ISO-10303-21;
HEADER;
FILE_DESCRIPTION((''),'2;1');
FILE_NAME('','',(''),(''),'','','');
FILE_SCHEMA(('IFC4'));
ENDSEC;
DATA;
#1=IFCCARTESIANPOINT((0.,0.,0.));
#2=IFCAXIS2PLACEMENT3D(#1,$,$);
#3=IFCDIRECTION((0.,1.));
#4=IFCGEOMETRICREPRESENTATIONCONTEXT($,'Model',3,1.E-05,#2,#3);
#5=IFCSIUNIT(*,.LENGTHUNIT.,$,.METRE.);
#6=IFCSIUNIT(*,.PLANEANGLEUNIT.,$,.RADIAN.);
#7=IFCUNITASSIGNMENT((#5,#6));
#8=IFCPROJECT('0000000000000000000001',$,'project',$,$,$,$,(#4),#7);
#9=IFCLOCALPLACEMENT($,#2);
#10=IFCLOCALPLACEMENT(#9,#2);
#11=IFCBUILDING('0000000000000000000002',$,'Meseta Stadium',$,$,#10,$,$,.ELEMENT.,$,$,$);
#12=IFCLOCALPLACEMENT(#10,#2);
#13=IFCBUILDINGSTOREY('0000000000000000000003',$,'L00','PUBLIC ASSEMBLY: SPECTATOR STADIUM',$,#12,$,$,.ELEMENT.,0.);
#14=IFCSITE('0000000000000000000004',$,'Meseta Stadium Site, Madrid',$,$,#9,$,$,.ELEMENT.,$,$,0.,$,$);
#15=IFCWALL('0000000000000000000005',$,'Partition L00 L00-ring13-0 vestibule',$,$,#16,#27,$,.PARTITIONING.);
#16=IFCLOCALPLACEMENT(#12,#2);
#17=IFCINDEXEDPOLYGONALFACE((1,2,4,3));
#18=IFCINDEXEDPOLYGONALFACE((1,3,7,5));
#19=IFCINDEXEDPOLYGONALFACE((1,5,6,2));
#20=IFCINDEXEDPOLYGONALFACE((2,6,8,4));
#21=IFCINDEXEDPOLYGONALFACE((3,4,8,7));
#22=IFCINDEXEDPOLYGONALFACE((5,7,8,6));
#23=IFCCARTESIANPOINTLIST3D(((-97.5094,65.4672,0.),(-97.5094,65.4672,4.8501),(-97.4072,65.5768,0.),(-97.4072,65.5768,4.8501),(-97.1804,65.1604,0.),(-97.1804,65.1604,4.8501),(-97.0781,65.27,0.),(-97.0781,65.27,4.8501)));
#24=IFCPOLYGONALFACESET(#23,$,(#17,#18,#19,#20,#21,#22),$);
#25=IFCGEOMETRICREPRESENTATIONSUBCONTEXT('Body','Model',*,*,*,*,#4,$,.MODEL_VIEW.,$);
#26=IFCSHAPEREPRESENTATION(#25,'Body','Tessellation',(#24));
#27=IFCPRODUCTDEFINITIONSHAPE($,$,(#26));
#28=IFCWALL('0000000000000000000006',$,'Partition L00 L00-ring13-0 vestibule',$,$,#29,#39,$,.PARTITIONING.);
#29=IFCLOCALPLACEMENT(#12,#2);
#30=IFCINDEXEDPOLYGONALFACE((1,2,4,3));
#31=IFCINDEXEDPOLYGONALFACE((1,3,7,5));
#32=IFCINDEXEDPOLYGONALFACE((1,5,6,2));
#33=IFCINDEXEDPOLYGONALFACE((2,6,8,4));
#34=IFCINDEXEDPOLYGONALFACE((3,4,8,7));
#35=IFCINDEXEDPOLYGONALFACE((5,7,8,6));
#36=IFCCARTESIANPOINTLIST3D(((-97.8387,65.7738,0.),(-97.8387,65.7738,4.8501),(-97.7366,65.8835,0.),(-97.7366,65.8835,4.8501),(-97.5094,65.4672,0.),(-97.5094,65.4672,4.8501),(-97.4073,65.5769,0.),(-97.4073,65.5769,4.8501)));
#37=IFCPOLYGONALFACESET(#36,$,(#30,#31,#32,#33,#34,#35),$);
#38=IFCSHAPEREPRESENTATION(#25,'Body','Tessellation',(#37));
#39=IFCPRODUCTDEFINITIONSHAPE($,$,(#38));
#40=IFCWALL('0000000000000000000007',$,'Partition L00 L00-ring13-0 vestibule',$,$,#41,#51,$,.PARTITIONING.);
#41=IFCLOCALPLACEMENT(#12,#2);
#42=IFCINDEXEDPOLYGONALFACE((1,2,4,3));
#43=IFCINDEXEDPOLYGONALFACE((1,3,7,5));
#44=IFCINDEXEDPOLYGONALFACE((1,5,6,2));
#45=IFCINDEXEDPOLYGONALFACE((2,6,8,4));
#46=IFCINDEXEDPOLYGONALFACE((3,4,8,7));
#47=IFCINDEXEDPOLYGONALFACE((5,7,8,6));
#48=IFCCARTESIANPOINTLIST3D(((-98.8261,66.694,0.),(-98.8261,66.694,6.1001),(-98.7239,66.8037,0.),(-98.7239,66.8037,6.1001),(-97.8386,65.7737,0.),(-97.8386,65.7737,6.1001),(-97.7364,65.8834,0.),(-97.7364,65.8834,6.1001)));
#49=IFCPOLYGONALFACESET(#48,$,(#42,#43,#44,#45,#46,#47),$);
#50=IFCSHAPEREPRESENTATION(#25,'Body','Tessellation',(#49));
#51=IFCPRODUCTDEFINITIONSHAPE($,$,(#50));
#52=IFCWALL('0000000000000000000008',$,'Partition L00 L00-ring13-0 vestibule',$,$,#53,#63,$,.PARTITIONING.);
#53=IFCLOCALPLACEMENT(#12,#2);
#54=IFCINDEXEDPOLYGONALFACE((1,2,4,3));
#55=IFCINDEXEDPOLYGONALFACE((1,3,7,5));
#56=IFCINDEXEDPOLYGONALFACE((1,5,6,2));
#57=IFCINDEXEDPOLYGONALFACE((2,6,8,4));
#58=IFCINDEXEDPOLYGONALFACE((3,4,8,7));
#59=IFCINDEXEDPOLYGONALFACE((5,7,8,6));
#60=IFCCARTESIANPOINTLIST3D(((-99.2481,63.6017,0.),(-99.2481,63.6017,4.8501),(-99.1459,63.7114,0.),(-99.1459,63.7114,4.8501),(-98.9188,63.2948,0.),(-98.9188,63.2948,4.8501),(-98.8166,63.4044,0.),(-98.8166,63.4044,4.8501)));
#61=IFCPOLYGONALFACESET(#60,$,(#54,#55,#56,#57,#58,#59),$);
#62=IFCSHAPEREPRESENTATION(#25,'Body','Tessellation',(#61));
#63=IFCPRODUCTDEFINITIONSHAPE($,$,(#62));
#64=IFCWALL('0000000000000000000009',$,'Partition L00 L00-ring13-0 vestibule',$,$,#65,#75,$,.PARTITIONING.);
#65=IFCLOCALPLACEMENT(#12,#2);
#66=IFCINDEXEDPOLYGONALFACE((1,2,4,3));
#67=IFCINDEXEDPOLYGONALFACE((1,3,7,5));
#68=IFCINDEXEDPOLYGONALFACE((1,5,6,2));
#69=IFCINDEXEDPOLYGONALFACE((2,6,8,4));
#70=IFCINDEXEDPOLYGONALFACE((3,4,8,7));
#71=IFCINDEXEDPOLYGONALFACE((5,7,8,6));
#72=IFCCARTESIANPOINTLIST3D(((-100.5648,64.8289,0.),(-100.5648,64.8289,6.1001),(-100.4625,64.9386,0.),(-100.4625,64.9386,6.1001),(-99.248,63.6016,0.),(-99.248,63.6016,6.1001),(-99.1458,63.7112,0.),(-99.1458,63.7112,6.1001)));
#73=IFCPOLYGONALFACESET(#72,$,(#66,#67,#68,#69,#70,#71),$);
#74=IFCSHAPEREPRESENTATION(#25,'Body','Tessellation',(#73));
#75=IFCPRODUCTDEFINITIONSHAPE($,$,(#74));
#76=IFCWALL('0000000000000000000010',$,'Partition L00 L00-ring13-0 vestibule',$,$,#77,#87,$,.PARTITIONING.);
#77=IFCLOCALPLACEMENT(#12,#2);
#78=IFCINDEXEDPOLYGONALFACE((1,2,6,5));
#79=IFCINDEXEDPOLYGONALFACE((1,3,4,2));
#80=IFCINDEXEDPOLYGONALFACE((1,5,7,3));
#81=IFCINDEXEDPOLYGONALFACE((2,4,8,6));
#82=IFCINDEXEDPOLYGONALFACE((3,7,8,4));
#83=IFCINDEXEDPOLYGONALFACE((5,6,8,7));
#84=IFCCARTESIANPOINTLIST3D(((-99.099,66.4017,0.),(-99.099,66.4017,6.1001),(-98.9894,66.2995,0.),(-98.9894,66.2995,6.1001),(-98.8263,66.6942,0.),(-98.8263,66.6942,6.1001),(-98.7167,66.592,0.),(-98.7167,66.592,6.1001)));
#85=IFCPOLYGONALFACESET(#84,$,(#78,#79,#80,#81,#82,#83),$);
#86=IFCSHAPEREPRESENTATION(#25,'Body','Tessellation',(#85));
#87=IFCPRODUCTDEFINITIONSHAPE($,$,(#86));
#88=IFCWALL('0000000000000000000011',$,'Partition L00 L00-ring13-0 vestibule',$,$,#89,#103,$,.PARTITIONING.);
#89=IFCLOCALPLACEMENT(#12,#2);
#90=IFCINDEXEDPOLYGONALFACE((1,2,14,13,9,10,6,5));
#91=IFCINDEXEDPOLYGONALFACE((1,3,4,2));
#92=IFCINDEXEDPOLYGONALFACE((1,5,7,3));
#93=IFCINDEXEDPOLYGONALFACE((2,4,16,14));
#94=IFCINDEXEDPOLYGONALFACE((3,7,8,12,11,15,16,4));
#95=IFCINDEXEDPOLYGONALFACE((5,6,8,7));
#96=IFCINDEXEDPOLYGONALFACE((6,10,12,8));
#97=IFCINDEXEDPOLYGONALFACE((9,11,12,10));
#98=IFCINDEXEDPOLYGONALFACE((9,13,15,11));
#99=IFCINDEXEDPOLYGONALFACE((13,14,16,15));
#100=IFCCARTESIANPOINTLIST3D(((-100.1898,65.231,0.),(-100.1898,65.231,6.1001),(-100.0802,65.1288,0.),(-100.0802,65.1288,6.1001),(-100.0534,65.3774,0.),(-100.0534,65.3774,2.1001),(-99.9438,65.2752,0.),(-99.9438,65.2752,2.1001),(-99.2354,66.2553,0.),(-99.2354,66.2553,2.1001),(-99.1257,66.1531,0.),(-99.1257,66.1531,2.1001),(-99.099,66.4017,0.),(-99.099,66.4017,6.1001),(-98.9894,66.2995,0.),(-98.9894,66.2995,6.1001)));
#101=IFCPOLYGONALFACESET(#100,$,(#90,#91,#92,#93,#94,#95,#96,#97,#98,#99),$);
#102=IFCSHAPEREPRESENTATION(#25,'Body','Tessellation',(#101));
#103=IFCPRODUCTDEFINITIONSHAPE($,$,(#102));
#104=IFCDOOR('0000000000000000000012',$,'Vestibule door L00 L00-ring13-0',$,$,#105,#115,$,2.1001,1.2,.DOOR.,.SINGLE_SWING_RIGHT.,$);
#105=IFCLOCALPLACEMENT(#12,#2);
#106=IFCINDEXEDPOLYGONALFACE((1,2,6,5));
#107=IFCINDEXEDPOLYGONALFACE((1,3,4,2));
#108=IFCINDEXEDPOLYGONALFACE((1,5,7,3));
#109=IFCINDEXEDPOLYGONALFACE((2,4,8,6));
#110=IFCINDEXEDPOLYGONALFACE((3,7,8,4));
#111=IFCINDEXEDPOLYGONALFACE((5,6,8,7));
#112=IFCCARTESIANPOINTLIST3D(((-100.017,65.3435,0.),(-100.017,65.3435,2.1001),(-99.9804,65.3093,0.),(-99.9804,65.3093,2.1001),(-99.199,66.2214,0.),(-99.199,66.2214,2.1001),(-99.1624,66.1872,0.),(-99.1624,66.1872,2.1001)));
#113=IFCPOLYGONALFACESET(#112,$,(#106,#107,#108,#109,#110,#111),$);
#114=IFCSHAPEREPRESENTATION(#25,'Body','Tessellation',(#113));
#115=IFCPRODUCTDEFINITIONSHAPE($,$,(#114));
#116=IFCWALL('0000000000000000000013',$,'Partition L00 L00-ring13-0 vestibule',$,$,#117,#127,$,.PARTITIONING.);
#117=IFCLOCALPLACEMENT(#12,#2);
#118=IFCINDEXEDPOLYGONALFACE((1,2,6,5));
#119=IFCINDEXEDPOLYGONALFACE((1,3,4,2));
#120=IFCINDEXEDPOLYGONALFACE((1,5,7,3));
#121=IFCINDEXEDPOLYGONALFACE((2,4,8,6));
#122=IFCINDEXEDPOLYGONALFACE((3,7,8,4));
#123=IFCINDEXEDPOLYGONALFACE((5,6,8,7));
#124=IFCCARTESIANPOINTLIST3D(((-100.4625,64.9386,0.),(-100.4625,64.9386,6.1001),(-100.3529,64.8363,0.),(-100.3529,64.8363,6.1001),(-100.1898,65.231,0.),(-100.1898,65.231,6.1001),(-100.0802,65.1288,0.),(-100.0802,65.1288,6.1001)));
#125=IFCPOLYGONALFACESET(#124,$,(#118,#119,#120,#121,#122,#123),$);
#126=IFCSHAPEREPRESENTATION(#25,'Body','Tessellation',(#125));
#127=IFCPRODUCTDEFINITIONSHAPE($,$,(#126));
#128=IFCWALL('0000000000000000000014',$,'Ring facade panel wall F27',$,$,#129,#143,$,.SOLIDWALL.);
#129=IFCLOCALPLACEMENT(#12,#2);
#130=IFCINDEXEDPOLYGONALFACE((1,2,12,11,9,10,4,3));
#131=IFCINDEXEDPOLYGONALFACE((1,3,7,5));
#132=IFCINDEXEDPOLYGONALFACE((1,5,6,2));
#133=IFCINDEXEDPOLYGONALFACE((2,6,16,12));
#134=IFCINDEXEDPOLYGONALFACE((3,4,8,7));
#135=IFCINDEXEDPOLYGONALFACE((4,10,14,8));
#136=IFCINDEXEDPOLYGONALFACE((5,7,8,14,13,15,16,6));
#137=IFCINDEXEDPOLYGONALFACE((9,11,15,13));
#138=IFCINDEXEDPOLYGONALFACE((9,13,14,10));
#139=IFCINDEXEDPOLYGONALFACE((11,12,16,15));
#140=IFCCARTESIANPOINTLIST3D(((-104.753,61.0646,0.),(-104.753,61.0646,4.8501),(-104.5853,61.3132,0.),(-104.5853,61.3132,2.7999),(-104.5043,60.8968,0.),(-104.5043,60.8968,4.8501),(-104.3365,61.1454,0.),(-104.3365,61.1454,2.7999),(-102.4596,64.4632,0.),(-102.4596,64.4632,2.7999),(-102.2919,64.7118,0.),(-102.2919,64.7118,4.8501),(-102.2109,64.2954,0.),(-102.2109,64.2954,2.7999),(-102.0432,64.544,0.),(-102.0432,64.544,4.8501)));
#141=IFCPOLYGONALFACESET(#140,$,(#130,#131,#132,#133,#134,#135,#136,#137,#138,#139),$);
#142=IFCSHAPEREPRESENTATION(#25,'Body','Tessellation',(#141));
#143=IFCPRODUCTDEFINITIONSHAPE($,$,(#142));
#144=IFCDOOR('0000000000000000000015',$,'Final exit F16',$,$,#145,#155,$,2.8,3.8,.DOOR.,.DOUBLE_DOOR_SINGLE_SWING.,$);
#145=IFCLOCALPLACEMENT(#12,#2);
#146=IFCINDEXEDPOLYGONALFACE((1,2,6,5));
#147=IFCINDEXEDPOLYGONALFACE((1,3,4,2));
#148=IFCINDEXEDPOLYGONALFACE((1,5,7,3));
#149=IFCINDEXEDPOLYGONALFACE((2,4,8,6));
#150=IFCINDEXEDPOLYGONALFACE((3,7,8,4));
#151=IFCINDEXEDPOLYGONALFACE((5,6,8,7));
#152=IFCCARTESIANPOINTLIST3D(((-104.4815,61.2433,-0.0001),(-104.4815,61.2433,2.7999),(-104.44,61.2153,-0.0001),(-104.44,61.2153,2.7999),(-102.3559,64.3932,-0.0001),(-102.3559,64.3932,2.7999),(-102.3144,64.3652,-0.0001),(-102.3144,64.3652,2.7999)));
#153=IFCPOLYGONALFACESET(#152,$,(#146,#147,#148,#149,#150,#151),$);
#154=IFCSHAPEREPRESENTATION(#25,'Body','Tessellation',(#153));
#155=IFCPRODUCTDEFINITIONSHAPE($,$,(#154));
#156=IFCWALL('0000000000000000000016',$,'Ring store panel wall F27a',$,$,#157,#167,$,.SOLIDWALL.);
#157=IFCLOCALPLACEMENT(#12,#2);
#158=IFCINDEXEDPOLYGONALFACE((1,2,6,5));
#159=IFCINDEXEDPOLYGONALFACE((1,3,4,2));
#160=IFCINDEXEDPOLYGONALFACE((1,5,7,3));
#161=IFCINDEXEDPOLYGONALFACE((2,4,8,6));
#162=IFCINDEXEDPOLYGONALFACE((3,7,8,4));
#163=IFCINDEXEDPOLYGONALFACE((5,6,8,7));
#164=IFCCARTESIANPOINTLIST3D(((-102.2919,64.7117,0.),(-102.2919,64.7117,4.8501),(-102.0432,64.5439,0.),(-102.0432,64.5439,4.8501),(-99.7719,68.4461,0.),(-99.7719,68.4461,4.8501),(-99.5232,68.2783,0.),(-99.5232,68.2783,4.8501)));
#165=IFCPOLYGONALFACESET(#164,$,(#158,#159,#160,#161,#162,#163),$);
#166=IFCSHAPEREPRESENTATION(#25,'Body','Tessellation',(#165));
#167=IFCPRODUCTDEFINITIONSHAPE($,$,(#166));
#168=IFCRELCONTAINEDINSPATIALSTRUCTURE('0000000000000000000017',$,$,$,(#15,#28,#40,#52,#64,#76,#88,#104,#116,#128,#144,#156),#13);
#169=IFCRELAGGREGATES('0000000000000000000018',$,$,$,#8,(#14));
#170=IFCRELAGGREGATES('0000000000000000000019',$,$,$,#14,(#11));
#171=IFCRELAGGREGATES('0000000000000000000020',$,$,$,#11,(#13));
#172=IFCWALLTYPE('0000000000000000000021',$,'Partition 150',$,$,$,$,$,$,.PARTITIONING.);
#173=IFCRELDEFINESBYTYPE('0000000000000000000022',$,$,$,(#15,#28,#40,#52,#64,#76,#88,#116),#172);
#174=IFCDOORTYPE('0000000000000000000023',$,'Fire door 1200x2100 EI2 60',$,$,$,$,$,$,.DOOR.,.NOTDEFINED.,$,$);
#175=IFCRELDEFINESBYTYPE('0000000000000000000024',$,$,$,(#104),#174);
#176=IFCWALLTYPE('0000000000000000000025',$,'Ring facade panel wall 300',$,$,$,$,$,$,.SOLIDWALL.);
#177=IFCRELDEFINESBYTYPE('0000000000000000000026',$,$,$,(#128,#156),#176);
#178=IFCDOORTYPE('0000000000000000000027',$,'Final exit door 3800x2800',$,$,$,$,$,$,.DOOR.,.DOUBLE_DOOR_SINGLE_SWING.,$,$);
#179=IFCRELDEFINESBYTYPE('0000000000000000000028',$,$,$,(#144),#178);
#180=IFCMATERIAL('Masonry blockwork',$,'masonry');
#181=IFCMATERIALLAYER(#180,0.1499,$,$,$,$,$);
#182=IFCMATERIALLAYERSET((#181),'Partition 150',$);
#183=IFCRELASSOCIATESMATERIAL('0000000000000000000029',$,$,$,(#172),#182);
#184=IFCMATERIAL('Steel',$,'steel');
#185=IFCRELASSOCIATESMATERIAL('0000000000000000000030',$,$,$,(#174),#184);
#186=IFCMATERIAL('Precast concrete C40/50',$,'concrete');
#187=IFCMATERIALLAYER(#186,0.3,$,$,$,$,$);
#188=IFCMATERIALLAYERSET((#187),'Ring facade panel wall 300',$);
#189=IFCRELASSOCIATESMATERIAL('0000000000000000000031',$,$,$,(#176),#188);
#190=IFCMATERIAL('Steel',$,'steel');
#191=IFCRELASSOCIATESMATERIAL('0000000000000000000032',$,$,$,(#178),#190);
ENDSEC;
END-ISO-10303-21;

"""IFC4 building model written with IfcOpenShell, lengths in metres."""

from ifc_helpers import new_model, si_unit, direction, frame, frame_2d, origin, place, context, subcontext, project, spatial, rectangle, extrude, material, layer, layer_set, type_object, element, fill, save


model = new_model("IFC4")

# Units and contexts
model_context = context("Model", 3, precision=1e-05, world=origin(), true_north=direction((0.0, 1.0)))
body_context = subcontext(model_context, "Body", "Model", "MODEL_VIEW")
ifc_project = project(units=[si_unit("LENGTHUNIT", "METRE"), si_unit("PLANEANGLEUNIT", "RADIAN")], contexts=[model_context])

# Site, building, storey
site_placement = place(None, origin())
site = spatial("IfcSite", under=ifc_project, at=site_placement, Name="Meseta Stadium Site, Madrid", CompositionType="ELEMENT", RefElevation=0.0)
building_placement = place(site_placement, origin())
building = spatial("IfcBuilding", under=site, at=building_placement, Name="Meseta Stadium", CompositionType="ELEMENT")
storey_placement = place(building_placement, origin())
storey = spatial("IfcBuildingStorey", under=building, at=storey_placement, Name="L00", Description="PUBLIC ASSEMBLY: SPECTATOR STADIUM", CompositionType="ELEMENT", Elevation=0.0)

# Shared definitions
ifc_material_1 = material(Name="Masonry blockwork", Category="masonry")
ifc_layer_1 = layer(ifc_material_1, 0.1499)
ifc_layer_set_1 = layer_set([ifc_layer_1], Name="Partition 150")
wall_type_1 = type_object("IfcWallType", Name="Partition 150", PredefinedType="PARTITIONING", material=ifc_layer_set_1)

# Shared definitions
ifc_material_2 = material(Name="Steel", Category="steel")
door_type_1 = type_object("IfcDoorType", Name="Fire door 1200x2100 EI2 60", OperationType="NOTDEFINED", PredefinedType="DOOR", material=ifc_material_2)

# Walls
for number, where, z_axis, x_axis, name in (
    (1, (-97.1292, 65.2151, 0.0), (0.0, 0.0, 1.0), (-0.731362, 0.68199, 0.0), "Partition L00 L00-ring13-0 vestibule"),
    (2, (-97.4583, 65.522, 0.0), (0.0, 0.0, 1.0), (-0.731885, 0.681429, 0.0), "Partition L00 L00-ring13-0 vestibule"),
):
    element("IfcWall", number, at=place(storey_placement, frame(where, z_axis=z_axis, x_axis=x_axis)), inside=storey, type_object=wall_type_1, Name=name, PredefinedType="PARTITIONING", context=body_context, shape_type="SweptSolid", body=[
        extrude(rectangle(XDim=0.45, YDim=0.1499, at=frame_2d((0.2251, 0.0))), origin(), (0.0, 0.0, 1.0), 4.8501),
    ])
wall_1_placement = place(storey_placement, frame((-97.7876, 65.8286, 0.0), z_axis=(0.0, 0.0, 1.0), x_axis=(-0.731536, 0.681803, 0.0)))
element("IfcWall", 3, at=wall_1_placement, inside=storey, type_object=wall_type_1, Name="Partition L00 L00-ring13-0 vestibule", PredefinedType="PARTITIONING", context=body_context, shape_type="SweptSolid", body=[
    extrude(rectangle(XDim=1.3499, YDim=0.1499, at=frame_2d((0.6748, 0.0))), origin(), (0.0, 0.0, 1.0), 6.1001),
])
wall_2_placement = place(storey_placement, frame((-98.8677, 63.3496, 0.0), z_axis=(0.0, 0.0, 1.0), x_axis=(-0.731614, 0.681719, 0.0)))
element("IfcWall", 4, at=wall_2_placement, inside=storey, type_object=wall_type_1, Name="Partition L00 L00-ring13-0 vestibule", PredefinedType="PARTITIONING", context=body_context, shape_type="SweptSolid", body=[
    extrude(rectangle(XDim=0.4502, YDim=0.1499, at=frame_2d((0.2251, 0.0))), origin(), (0.0, 0.0, 1.0), 4.8501),
])
wall_3_placement = place(storey_placement, frame((-99.197, 63.6565, 0.0), z_axis=(0.0, 0.0, 1.0), x_axis=(-0.731493, 0.681849, 0.0)))
element("IfcWall", 5, at=wall_3_placement, inside=storey, type_object=wall_type_1, Name="Partition L00 L00-ring13-0 vestibule", PredefinedType="PARTITIONING", context=body_context, shape_type="SweptSolid", body=[
    extrude(rectangle(XDim=1.8, YDim=0.1499, at=frame_2d((0.8999, 0.0))), origin(), (0.0, 0.0, 1.0), 6.1001),
])
wall_4_placement = place(storey_placement, frame((-98.7715, 66.6431, 0.0), z_axis=(0.0, 0.0, 1.0), x_axis=(-0.681948, -0.7314, 0.0)))
element("IfcWall", 6, at=wall_4_placement, inside=storey, type_object=wall_type_1, Name="Partition L00 L00-ring13-0 vestibule", PredefinedType="PARTITIONING", context=body_context, shape_type="SweptSolid", body=[
    extrude(rectangle(XDim=0.3999, YDim=0.1499, at=frame_2d((0.2, 0.0))), origin(), (0.0, 0.0, 1.0), 6.1001),
])

# Wall, opening, door
wall_5_placement = place(storey_placement, frame((-99.0442, 66.3506, 0.0), z_axis=(0.0, 0.0, 1.0), x_axis=(-0.68172, -0.731613, 0.0)))
wall_5 = element("IfcWall", 7, at=wall_5_placement, inside=storey, type_object=wall_type_1, Name="Partition L00 L00-ring13-0 vestibule", PredefinedType="PARTITIONING", context=body_context, shape_type="SweptSolid", body=[
    extrude(rectangle(XDim=1.6001, YDim=0.1499, at=frame_2d((0.8, 0.0))), origin(), (0.0, 0.0, 1.0), 6.1001),
])
opening_1_placement = place(wall_5_placement, frame((0.2, 0.0, 0.0)))
opening_1 = element("IfcOpeningElement", 8, at=opening_1_placement, cuts=wall_5, PredefinedType="OPENING", context=body_context, shape_type="SweptSolid", body=[
    extrude(rectangle(XDim=1.2, YDim=2.1001, at=frame_2d((0.6001, 1.05))), frame((0.0, 0.085, 0.0), z_axis=(0.0, -1.0, 0.0), x_axis=(1.0, 0.0, 0.0)), (0.0, 0.0, 1.0), 0.1699),
])
door_1_placement = place(opening_1_placement, origin())
door_1 = element("IfcDoor", 9, at=door_1_placement, inside=storey, type_object=door_type_1, Name="Vestibule door L00 L00-ring13-0", OperationType="SINGLE_SWING_RIGHT", OverallHeight=2.1001, OverallWidth=1.2, PredefinedType="DOOR", context=body_context, shape_type="SweptSolid", body=[
    extrude(rectangle(XDim=1.2, YDim=2.1001, at=frame_2d((0.6001, 1.05))), frame((0.0, 0.0249, 0.0), z_axis=(0.0, -1.0, 0.0), x_axis=(1.0, 0.0, 0.0)), (0.0, 0.0, 1.0), 0.05),
])
fill(opening_1, door_1)

# Wall
wall_6_placement = place(storey_placement, frame((-100.135, 65.1799, 0.0), z_axis=(0.0, 0.0, 1.0), x_axis=(-0.681948, -0.7314, 0.0)))
element("IfcWall", 10, at=wall_6_placement, inside=storey, type_object=wall_type_1, Name="Partition L00 L00-ring13-0 vestibule", PredefinedType="PARTITIONING", context=body_context, shape_type="SweptSolid", body=[
    extrude(rectangle(XDim=0.3999, YDim=0.1499, at=frame_2d((0.2, 0.0))), origin(), (0.0, 0.0, 1.0), 6.1001),
])

# Wall, opening, door
ifc_material_3 = material(Name="Precast concrete C40/50", Category="concrete")
ifc_layer_2 = layer(ifc_material_3, 0.3)
ifc_layer_set_2 = layer_set([ifc_layer_2], Name="Ring facade panel wall 300")
wall_type_2 = type_object("IfcWallType", Name="Ring facade panel wall 300", PredefinedType="SOLIDWALL", material=ifc_layer_set_2)
wall_7_placement = place(storey_placement, frame((-104.6287, 60.9807, 0.0), z_axis=(0.0, 0.0, 1.0), x_axis=(0.559365, 0.828921, 0.0)))
wall_7 = element("IfcWall", 11, at=wall_7_placement, inside=storey, type_object=wall_type_2, Name="Ring facade panel wall F27", PredefinedType="SOLIDWALL", context=body_context, shape_type="SweptSolid", body=[
    extrude(rectangle(XDim=4.3999, YDim=0.3, at=frame_2d((2.2, 0.0))), origin(), (0.0, 0.0, 1.0), 4.8501),
])
opening_2_placement = place(wall_7_placement, frame((0.3, 0.0, 0.0)))
opening_2 = element("IfcOpeningElement", 12, at=opening_2_placement, cuts=wall_7, PredefinedType="OPENING", context=body_context, shape_type="SweptSolid", body=[
    extrude(rectangle(XDim=3.8, YDim=2.8, at=frame_2d((1.8999, 1.3999))), frame((0.0, 0.1599, 0.0), z_axis=(0.0, -1.0, 0.0), x_axis=(1.0, 0.0, 0.0)), (0.0, 0.0, 1.0), 0.3201),
])
ifc_material_4 = material(Name="Steel", Category="steel")
door_type_2 = type_object("IfcDoorType", Name="Final exit door 3800x2800", OperationType="DOUBLE_DOOR_SINGLE_SWING", PredefinedType="DOOR", material=ifc_material_4)
door_2_placement = place(opening_2_placement, origin())
door_2 = element("IfcDoor", 13, at=door_2_placement, inside=storey, type_object=door_type_2, Name="Final exit F16", OperationType="DOUBLE_DOOR_SINGLE_SWING", OverallHeight=2.8, OverallWidth=3.8, PredefinedType="DOOR", context=body_context, shape_type="SweptSolid", body=[
    extrude(rectangle(XDim=3.8, YDim=2.8, at=frame_2d((1.8999, 1.3999))), frame((0.0, 0.0249, 0.0), z_axis=(0.0, -1.0, 0.0), x_axis=(1.0, 0.0, 0.0)), (0.0, 0.0, 1.0), 0.05),
])
fill(opening_2, door_2)

# Wall
wall_8_placement = place(storey_placement, frame((-102.1675, 64.6279, 0.0), z_axis=(0.0, 0.0, 1.0), x_axis=(0.559369, 0.828919, 0.0)))
element("IfcWall", 14, at=wall_8_placement, inside=storey, type_object=wall_type_2, Name="Ring store panel wall F27a", PredefinedType="SOLIDWALL", context=body_context, shape_type="SweptSolid", body=[
    extrude(rectangle(XDim=4.5051, YDim=0.3, at=frame_2d((2.2524, 0.0))), origin(), (0.0, 0.0, 1.0), 4.8501),
])

save(model, "model.ifc")
